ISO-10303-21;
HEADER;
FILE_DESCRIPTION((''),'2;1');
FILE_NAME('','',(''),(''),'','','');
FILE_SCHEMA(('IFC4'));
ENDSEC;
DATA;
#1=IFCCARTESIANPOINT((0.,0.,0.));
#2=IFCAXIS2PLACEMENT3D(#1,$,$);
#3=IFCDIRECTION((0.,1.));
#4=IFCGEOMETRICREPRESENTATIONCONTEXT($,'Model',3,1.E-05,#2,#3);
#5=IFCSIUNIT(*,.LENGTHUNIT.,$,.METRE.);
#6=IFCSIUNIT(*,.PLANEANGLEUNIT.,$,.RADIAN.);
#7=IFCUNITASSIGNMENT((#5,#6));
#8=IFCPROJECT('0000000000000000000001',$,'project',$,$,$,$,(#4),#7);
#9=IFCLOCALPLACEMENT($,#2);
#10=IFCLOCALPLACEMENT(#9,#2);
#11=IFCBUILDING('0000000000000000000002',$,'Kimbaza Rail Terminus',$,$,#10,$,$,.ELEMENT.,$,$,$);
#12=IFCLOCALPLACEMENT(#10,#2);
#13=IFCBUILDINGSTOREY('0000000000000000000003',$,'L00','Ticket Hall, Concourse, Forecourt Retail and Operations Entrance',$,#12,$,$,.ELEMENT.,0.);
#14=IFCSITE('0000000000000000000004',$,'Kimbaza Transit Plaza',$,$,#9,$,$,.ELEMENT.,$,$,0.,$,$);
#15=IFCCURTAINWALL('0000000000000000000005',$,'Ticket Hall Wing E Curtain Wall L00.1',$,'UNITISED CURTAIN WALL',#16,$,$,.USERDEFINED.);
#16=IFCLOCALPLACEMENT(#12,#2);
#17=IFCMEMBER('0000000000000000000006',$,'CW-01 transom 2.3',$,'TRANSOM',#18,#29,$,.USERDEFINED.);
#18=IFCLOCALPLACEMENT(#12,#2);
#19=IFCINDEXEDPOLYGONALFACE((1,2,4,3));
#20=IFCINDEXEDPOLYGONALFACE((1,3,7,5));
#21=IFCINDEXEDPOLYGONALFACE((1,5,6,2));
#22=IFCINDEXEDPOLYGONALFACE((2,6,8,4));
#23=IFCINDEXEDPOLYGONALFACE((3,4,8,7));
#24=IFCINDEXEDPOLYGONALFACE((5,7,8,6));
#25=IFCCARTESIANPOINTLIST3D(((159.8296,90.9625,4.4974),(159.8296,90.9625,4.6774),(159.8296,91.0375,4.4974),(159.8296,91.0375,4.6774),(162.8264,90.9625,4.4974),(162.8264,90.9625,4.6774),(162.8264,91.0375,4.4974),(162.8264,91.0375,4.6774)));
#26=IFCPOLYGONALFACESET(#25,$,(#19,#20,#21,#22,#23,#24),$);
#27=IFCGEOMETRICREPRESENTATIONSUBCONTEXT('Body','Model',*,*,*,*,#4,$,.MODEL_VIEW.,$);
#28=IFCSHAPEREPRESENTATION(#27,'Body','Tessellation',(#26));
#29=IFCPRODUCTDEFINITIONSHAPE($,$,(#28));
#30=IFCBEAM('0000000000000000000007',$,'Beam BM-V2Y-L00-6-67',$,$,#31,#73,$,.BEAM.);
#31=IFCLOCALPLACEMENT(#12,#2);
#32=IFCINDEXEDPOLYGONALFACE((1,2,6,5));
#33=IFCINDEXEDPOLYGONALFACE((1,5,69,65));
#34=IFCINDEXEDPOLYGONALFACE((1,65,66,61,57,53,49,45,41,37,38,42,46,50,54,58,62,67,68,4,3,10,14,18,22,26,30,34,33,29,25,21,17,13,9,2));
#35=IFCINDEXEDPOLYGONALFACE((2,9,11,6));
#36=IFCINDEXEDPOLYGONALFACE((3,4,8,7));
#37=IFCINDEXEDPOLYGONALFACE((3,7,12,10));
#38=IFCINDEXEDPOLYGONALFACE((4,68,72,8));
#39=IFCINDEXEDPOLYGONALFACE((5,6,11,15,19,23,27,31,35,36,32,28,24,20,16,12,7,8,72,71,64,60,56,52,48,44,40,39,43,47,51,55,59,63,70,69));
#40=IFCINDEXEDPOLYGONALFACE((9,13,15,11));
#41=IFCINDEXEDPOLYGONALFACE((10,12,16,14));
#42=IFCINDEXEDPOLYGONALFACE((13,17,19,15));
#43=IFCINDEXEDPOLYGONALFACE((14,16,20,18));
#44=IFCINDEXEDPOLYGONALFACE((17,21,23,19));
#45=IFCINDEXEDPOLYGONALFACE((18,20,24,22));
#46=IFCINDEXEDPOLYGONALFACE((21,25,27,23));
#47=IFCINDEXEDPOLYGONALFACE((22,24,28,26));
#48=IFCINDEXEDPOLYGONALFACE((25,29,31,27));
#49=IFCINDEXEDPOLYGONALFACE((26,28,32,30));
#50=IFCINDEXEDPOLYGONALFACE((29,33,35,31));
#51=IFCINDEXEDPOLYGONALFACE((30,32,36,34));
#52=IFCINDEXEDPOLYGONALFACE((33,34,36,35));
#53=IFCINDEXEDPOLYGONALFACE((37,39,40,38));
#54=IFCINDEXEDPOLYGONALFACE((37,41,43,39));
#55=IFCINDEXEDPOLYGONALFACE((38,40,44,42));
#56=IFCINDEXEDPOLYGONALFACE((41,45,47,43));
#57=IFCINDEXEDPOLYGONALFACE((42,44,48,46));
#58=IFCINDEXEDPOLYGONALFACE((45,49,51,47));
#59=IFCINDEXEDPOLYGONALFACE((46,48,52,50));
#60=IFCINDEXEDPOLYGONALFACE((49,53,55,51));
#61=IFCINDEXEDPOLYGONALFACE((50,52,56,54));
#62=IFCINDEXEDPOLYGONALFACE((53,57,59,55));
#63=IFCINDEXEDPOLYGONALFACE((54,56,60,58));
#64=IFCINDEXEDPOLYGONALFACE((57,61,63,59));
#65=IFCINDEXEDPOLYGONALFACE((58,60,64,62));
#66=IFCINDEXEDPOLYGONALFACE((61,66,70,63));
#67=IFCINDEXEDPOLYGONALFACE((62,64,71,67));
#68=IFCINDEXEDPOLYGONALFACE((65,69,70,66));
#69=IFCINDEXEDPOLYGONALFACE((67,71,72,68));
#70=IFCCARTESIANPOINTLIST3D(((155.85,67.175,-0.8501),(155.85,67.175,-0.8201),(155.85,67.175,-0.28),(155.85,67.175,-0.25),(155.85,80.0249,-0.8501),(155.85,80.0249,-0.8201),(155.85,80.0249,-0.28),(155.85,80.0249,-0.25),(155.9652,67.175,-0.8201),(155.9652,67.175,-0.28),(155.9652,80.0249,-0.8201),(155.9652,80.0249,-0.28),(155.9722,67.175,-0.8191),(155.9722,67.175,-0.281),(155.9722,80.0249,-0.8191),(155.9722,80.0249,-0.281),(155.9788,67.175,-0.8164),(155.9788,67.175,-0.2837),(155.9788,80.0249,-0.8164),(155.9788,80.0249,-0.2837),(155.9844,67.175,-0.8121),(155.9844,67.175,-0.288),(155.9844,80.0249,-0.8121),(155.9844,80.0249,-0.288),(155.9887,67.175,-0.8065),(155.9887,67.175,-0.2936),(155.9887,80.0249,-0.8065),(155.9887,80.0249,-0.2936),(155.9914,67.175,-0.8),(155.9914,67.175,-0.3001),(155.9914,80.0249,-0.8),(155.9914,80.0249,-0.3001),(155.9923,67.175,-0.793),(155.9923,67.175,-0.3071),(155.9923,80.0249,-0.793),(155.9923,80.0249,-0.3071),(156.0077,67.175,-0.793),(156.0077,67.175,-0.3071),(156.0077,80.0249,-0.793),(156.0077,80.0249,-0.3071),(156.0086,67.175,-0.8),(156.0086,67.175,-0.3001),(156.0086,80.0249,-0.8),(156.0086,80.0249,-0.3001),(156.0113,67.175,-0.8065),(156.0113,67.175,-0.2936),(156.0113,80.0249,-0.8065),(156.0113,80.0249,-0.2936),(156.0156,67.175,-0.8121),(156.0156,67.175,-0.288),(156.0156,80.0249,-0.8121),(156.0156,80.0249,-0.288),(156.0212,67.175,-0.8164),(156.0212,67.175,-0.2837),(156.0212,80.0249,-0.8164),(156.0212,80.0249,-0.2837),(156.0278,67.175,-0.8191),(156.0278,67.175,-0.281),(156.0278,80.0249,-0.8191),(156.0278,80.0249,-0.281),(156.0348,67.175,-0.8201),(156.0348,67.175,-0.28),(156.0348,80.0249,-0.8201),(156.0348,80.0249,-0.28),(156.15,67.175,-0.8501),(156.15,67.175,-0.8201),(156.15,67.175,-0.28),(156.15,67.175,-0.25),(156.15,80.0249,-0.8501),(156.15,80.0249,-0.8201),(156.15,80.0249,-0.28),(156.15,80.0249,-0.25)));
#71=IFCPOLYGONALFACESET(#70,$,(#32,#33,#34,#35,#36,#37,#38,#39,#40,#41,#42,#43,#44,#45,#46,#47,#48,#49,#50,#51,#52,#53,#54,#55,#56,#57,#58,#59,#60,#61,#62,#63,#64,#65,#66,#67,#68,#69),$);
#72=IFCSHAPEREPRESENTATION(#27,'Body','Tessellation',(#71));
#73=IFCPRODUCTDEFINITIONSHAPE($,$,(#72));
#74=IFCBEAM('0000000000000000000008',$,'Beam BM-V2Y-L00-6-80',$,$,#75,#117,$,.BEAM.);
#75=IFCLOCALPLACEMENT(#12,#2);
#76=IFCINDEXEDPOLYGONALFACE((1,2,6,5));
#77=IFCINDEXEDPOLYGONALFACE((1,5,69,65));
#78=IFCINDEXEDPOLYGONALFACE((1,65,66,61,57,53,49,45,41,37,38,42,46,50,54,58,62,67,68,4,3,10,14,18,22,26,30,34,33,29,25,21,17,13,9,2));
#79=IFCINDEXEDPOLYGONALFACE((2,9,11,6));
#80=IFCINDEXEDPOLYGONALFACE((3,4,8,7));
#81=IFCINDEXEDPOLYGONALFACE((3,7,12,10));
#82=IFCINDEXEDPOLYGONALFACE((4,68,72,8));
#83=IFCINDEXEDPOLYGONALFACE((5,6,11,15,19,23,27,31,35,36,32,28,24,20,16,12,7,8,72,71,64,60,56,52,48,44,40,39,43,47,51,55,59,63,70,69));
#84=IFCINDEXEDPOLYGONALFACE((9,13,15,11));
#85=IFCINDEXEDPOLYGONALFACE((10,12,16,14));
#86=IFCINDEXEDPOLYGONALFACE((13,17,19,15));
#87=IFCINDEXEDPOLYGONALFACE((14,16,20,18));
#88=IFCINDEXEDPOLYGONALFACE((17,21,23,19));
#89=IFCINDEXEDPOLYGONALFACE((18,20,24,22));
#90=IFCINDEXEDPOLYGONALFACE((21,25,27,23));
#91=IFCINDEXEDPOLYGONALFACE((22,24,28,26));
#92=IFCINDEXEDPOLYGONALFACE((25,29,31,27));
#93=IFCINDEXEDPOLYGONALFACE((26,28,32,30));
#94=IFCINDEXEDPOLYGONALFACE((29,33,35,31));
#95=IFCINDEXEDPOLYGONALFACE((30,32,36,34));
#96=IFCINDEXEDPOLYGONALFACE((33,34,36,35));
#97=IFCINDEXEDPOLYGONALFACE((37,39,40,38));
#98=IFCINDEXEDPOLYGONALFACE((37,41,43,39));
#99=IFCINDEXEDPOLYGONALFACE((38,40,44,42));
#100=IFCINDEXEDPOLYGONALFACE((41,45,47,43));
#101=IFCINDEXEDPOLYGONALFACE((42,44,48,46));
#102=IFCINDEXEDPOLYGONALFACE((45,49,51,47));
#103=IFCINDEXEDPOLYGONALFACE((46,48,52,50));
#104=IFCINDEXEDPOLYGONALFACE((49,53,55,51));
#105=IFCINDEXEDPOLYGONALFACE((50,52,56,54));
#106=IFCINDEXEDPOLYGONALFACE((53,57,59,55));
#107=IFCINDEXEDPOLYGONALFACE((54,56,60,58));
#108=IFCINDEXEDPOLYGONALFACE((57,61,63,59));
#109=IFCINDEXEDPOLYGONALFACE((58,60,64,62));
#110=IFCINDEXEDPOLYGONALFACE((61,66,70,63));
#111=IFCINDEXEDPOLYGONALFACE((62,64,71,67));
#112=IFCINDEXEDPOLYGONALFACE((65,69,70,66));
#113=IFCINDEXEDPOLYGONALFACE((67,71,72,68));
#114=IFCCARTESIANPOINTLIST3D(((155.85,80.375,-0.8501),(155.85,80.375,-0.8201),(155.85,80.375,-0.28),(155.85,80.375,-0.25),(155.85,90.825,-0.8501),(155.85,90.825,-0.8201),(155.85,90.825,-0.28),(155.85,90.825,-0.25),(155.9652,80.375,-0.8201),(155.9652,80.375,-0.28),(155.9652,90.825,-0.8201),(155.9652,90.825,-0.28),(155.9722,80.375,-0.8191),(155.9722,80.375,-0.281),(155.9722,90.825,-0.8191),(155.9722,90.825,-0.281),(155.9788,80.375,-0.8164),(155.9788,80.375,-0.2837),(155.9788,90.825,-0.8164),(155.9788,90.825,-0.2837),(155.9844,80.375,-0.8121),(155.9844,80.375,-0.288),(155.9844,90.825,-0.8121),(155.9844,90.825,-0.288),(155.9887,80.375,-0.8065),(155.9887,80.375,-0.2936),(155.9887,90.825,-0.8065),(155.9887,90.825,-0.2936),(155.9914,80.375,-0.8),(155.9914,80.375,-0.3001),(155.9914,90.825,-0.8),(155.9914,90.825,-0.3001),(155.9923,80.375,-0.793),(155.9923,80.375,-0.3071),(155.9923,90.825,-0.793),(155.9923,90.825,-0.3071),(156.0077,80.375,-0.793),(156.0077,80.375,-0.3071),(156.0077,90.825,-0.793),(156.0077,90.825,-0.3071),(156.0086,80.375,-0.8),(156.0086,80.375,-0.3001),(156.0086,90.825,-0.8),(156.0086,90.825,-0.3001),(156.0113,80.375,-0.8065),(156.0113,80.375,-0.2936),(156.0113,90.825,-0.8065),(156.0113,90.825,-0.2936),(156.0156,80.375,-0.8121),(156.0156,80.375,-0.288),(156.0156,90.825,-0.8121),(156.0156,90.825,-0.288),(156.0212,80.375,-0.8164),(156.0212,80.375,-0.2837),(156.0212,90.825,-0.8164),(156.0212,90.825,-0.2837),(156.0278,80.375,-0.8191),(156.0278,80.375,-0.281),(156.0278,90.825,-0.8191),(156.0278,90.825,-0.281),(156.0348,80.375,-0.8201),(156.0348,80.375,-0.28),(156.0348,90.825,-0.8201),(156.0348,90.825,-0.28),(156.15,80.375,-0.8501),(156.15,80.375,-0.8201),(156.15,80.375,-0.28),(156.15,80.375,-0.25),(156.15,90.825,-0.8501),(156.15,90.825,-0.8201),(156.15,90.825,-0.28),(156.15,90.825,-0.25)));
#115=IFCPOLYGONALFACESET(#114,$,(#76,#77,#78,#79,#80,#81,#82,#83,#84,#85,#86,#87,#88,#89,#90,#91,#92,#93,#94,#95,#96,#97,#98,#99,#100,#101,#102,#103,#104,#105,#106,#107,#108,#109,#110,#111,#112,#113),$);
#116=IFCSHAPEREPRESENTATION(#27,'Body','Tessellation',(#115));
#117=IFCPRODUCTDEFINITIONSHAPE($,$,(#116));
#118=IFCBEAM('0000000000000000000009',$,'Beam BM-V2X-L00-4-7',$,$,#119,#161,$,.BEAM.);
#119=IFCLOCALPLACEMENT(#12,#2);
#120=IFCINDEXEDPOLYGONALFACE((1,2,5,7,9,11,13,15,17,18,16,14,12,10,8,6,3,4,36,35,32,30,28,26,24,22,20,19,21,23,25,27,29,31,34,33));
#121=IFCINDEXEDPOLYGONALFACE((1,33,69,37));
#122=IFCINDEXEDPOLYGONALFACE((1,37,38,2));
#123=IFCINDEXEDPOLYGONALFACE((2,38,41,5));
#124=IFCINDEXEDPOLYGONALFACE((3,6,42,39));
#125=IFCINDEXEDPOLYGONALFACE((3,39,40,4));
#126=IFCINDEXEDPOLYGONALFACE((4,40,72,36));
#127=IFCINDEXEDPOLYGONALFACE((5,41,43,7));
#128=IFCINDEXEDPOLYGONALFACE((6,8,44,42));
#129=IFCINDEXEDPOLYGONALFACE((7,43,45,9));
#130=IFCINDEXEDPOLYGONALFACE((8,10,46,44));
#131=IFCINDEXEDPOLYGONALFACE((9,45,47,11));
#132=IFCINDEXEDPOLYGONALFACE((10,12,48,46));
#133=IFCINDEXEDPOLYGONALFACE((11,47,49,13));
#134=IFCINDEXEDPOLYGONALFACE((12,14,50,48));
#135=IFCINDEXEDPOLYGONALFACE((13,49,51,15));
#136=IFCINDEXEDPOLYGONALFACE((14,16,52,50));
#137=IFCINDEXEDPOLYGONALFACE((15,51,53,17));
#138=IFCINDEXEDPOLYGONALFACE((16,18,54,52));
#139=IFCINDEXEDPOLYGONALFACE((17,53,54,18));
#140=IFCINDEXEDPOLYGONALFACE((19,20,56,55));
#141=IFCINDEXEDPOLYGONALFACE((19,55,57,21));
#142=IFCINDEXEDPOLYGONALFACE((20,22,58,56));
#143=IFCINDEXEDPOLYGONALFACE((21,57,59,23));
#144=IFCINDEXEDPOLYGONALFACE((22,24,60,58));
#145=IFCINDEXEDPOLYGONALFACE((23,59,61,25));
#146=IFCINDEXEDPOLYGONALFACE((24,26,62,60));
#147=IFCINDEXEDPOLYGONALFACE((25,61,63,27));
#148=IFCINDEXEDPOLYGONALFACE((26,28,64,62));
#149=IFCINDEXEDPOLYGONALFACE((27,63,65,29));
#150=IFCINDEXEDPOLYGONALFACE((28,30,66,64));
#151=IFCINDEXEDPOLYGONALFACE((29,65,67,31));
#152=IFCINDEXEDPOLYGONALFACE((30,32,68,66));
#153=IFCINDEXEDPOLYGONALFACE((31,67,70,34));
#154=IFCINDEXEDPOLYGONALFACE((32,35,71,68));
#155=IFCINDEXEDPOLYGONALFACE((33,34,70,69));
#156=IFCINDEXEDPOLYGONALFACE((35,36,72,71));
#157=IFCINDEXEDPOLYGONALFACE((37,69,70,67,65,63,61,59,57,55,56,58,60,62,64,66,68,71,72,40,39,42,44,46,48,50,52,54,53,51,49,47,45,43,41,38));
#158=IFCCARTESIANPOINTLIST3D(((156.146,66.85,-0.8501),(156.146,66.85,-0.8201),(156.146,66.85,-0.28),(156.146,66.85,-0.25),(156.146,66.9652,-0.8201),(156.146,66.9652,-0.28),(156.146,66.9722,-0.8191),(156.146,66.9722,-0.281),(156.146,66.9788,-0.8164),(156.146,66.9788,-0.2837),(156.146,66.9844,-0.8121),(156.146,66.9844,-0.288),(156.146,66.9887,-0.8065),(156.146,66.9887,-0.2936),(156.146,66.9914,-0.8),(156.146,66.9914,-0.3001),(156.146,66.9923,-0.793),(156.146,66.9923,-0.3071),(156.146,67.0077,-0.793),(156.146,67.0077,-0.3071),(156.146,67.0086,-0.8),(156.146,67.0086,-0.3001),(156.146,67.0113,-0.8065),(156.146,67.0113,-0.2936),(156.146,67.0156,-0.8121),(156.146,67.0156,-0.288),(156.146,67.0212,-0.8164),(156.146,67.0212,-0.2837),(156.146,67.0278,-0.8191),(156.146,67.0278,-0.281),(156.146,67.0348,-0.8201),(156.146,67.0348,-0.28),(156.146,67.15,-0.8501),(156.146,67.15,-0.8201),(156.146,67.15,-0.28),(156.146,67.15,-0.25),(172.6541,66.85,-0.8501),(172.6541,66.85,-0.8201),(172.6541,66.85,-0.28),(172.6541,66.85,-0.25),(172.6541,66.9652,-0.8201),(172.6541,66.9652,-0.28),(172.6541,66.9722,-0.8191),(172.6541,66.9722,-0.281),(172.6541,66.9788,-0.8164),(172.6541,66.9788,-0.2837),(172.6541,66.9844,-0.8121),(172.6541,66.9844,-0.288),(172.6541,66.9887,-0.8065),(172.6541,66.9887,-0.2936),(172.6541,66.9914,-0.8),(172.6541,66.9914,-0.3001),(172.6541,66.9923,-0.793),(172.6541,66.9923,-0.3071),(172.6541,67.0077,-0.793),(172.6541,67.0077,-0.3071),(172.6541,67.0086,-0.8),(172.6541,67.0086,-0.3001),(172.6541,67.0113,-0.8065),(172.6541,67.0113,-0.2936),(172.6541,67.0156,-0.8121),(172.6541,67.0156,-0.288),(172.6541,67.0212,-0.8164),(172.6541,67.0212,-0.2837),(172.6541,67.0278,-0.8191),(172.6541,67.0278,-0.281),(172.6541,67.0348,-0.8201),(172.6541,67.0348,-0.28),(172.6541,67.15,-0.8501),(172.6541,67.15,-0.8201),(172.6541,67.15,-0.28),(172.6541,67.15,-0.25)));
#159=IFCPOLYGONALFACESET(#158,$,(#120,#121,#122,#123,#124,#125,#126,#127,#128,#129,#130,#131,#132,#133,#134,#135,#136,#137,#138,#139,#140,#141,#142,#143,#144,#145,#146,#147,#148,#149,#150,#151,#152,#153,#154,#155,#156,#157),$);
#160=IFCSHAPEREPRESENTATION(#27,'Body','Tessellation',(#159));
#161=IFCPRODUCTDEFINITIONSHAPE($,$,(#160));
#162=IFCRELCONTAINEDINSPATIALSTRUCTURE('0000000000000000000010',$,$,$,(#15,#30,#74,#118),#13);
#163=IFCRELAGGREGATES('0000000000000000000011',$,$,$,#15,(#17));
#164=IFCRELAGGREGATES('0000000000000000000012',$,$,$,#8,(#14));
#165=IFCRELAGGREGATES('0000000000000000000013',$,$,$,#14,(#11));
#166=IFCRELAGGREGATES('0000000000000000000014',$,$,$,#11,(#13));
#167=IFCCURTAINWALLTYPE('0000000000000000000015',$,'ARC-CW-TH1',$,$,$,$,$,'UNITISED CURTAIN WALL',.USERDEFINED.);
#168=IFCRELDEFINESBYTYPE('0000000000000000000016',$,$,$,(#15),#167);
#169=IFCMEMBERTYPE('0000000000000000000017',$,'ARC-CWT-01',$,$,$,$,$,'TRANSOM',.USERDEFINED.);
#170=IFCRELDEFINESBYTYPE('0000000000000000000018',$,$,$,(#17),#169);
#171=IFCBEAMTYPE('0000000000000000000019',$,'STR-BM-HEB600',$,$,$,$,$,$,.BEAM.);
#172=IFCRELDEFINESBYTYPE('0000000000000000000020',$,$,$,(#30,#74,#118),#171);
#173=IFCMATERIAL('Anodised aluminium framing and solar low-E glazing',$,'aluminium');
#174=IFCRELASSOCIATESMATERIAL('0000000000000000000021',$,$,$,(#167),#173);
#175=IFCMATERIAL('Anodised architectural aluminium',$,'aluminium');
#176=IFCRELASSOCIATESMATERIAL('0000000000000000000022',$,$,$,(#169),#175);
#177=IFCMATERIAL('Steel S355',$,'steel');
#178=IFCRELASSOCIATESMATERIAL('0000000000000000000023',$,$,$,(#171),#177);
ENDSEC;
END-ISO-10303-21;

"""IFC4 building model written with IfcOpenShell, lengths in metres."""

from ifc_helpers import new_model, si_unit, direction, frame, origin, origin_2d, place, context, subcontext, project, spatial, rectangle, i_section, extrude, material, material_profile, profile_set, type_object, element, aggregate, save


model = new_model("IFC4")

# Units and contexts
model_context = context("Model", 3, precision=1e-05, world=origin(), true_north=direction((0.0, 1.0)))
body_context = subcontext(model_context, "Body", "Model", "MODEL_VIEW")
ifc_project = project(units=[si_unit("LENGTHUNIT", "METRE"), si_unit("PLANEANGLEUNIT", "RADIAN")], contexts=[model_context])

# Site, building, storey
site_placement = place(None, origin())
site = spatial("IfcSite", under=ifc_project, at=site_placement, Name="Kimbaza Transit Plaza", CompositionType="ELEMENT", RefElevation=0.0)
building_placement = place(site_placement, origin())
building = spatial("IfcBuilding", under=site, at=building_placement, Name="Kimbaza Rail Terminus", CompositionType="ELEMENT")
storey_placement = place(building_placement, origin())
storey = spatial("IfcBuildingStorey", under=building, at=storey_placement, Name="L00", Description="Ticket Hall, Concourse, Forecourt Retail and Operations Entrance", CompositionType="ELEMENT", Elevation=0.0)

# Curtain wall, member
ifc_material_1 = material(Name="Anodised aluminium framing and solar low-E glazing", Category="aluminium")
curtain_wall_type = type_object("IfcCurtainWallType", Name="ARC-CW-TH1", ElementType="UNITISED CURTAIN WALL", PredefinedType="USERDEFINED", material=ifc_material_1)
curtain_wall_placement = place(storey_placement, origin())
curtain_wall = element("IfcCurtainWall", 1, at=curtain_wall_placement, inside=storey, type_object=curtain_wall_type, Name="Ticket Hall Wing E Curtain Wall L00.1", ObjectType="UNITISED CURTAIN WALL", PredefinedType="USERDEFINED")
ifc_material_2 = material(Name="Anodised architectural aluminium", Category="aluminium")
ifc_material_profile_1 = material_profile(ifc_material_2, rectangle(XDim=0.075, YDim=0.1799, at=origin_2d()), Name="TRANSOM 75x180")
ifc_profile_set_1 = profile_set([ifc_material_profile_1], Name="Anodised architectural aluminium")
member_type_1 = type_object("IfcMemberType", Name="ARC-CWT-01", ElementType="TRANSOM", PredefinedType="USERDEFINED", material=ifc_profile_set_1)
member_1_placement = place(storey_placement, frame((159.8296, 91.0, 4.5874), z_axis=(1.0, 0.0, 0.0), x_axis=(0.0, 1.0, 0.0)))
member_1 = element("IfcMember", 2, at=member_1_placement, type_object=member_type_1, Name="CW-01 transom 2.3", ObjectType="TRANSOM", PredefinedType="USERDEFINED", context=body_context, shape_type="SweptSolid", body=[
    extrude(rectangle(XDim=0.075, YDim=0.1799, at=origin_2d()), origin(), (0.0, 0.0, 1.0), 2.9968),
])

# Beams
ifc_material_3 = material(Name="Steel S355", Category="steel")
ifc_material_profile_2 = material_profile(ifc_material_3, i_section(OverallWidth=0.3, OverallDepth=0.6001, WebThickness=0.0154, FlangeThickness=0.03, FilletRadius=0.0271, at=origin_2d()), Name="HEB 600")
ifc_profile_set_2 = profile_set([ifc_material_profile_2], Name="Steel S355")
beam_type_1 = type_object("IfcBeamType", Name="STR-BM-HEB600", PredefinedType="BEAM", material=ifc_profile_set_2)
beam_1_placement = place(storey_placement, frame((156.0, 67.175, -0.55), z_axis=(0.0, 1.0, 0.0), x_axis=(-1.0, 0.0, 0.0)))
element("IfcBeam", 3, at=beam_1_placement, inside=storey, type_object=beam_type_1, Name="Beam BM-V2Y-L00-6-67", PredefinedType="BEAM", context=body_context, shape_type="SweptSolid", body=[
    extrude(i_section(OverallWidth=0.3, OverallDepth=0.6001, WebThickness=0.0154, FlangeThickness=0.03, FilletRadius=0.0271, at=origin_2d()), origin(), (0.0, 0.0, 1.0), 12.8499),
])
beam_2_placement = place(storey_placement, frame((156.0, 80.375, -0.55), z_axis=(0.0, 1.0, 0.0), x_axis=(-1.0, 0.0, 0.0)))
element("IfcBeam", 4, at=beam_2_placement, inside=storey, type_object=beam_type_1, Name="Beam BM-V2Y-L00-6-80", PredefinedType="BEAM", context=body_context, shape_type="SweptSolid", body=[
    extrude(i_section(OverallWidth=0.3, OverallDepth=0.6001, WebThickness=0.0154, FlangeThickness=0.03, FilletRadius=0.0271, at=origin_2d()), origin(), (0.0, 0.0, 1.0), 10.45),
])
for number, where, z_axis, x_axis, name in (
    (5, (156.146, 67.0, -0.55), (1.0, 0.0, 0.0), (0.0, 1.0, 0.0), "Beam BM-V2X-L00-4-7"),
):
    element("IfcBeam", number, at=place(storey_placement, frame(where, z_axis=z_axis, x_axis=x_axis)), inside=storey, type_object=beam_type_1, Name=name, PredefinedType="BEAM", context=body_context, shape_type="SweptSolid", body=[
        extrude(i_section(OverallWidth=0.3, OverallDepth=0.6001, WebThickness=0.0154, FlangeThickness=0.03, FilletRadius=0.0271, at=origin_2d()), origin(), (0.0, 0.0, 1.0), 16.5081),
    ])

aggregate(curtain_wall, [member_1])

save(model, "model.ifc")
